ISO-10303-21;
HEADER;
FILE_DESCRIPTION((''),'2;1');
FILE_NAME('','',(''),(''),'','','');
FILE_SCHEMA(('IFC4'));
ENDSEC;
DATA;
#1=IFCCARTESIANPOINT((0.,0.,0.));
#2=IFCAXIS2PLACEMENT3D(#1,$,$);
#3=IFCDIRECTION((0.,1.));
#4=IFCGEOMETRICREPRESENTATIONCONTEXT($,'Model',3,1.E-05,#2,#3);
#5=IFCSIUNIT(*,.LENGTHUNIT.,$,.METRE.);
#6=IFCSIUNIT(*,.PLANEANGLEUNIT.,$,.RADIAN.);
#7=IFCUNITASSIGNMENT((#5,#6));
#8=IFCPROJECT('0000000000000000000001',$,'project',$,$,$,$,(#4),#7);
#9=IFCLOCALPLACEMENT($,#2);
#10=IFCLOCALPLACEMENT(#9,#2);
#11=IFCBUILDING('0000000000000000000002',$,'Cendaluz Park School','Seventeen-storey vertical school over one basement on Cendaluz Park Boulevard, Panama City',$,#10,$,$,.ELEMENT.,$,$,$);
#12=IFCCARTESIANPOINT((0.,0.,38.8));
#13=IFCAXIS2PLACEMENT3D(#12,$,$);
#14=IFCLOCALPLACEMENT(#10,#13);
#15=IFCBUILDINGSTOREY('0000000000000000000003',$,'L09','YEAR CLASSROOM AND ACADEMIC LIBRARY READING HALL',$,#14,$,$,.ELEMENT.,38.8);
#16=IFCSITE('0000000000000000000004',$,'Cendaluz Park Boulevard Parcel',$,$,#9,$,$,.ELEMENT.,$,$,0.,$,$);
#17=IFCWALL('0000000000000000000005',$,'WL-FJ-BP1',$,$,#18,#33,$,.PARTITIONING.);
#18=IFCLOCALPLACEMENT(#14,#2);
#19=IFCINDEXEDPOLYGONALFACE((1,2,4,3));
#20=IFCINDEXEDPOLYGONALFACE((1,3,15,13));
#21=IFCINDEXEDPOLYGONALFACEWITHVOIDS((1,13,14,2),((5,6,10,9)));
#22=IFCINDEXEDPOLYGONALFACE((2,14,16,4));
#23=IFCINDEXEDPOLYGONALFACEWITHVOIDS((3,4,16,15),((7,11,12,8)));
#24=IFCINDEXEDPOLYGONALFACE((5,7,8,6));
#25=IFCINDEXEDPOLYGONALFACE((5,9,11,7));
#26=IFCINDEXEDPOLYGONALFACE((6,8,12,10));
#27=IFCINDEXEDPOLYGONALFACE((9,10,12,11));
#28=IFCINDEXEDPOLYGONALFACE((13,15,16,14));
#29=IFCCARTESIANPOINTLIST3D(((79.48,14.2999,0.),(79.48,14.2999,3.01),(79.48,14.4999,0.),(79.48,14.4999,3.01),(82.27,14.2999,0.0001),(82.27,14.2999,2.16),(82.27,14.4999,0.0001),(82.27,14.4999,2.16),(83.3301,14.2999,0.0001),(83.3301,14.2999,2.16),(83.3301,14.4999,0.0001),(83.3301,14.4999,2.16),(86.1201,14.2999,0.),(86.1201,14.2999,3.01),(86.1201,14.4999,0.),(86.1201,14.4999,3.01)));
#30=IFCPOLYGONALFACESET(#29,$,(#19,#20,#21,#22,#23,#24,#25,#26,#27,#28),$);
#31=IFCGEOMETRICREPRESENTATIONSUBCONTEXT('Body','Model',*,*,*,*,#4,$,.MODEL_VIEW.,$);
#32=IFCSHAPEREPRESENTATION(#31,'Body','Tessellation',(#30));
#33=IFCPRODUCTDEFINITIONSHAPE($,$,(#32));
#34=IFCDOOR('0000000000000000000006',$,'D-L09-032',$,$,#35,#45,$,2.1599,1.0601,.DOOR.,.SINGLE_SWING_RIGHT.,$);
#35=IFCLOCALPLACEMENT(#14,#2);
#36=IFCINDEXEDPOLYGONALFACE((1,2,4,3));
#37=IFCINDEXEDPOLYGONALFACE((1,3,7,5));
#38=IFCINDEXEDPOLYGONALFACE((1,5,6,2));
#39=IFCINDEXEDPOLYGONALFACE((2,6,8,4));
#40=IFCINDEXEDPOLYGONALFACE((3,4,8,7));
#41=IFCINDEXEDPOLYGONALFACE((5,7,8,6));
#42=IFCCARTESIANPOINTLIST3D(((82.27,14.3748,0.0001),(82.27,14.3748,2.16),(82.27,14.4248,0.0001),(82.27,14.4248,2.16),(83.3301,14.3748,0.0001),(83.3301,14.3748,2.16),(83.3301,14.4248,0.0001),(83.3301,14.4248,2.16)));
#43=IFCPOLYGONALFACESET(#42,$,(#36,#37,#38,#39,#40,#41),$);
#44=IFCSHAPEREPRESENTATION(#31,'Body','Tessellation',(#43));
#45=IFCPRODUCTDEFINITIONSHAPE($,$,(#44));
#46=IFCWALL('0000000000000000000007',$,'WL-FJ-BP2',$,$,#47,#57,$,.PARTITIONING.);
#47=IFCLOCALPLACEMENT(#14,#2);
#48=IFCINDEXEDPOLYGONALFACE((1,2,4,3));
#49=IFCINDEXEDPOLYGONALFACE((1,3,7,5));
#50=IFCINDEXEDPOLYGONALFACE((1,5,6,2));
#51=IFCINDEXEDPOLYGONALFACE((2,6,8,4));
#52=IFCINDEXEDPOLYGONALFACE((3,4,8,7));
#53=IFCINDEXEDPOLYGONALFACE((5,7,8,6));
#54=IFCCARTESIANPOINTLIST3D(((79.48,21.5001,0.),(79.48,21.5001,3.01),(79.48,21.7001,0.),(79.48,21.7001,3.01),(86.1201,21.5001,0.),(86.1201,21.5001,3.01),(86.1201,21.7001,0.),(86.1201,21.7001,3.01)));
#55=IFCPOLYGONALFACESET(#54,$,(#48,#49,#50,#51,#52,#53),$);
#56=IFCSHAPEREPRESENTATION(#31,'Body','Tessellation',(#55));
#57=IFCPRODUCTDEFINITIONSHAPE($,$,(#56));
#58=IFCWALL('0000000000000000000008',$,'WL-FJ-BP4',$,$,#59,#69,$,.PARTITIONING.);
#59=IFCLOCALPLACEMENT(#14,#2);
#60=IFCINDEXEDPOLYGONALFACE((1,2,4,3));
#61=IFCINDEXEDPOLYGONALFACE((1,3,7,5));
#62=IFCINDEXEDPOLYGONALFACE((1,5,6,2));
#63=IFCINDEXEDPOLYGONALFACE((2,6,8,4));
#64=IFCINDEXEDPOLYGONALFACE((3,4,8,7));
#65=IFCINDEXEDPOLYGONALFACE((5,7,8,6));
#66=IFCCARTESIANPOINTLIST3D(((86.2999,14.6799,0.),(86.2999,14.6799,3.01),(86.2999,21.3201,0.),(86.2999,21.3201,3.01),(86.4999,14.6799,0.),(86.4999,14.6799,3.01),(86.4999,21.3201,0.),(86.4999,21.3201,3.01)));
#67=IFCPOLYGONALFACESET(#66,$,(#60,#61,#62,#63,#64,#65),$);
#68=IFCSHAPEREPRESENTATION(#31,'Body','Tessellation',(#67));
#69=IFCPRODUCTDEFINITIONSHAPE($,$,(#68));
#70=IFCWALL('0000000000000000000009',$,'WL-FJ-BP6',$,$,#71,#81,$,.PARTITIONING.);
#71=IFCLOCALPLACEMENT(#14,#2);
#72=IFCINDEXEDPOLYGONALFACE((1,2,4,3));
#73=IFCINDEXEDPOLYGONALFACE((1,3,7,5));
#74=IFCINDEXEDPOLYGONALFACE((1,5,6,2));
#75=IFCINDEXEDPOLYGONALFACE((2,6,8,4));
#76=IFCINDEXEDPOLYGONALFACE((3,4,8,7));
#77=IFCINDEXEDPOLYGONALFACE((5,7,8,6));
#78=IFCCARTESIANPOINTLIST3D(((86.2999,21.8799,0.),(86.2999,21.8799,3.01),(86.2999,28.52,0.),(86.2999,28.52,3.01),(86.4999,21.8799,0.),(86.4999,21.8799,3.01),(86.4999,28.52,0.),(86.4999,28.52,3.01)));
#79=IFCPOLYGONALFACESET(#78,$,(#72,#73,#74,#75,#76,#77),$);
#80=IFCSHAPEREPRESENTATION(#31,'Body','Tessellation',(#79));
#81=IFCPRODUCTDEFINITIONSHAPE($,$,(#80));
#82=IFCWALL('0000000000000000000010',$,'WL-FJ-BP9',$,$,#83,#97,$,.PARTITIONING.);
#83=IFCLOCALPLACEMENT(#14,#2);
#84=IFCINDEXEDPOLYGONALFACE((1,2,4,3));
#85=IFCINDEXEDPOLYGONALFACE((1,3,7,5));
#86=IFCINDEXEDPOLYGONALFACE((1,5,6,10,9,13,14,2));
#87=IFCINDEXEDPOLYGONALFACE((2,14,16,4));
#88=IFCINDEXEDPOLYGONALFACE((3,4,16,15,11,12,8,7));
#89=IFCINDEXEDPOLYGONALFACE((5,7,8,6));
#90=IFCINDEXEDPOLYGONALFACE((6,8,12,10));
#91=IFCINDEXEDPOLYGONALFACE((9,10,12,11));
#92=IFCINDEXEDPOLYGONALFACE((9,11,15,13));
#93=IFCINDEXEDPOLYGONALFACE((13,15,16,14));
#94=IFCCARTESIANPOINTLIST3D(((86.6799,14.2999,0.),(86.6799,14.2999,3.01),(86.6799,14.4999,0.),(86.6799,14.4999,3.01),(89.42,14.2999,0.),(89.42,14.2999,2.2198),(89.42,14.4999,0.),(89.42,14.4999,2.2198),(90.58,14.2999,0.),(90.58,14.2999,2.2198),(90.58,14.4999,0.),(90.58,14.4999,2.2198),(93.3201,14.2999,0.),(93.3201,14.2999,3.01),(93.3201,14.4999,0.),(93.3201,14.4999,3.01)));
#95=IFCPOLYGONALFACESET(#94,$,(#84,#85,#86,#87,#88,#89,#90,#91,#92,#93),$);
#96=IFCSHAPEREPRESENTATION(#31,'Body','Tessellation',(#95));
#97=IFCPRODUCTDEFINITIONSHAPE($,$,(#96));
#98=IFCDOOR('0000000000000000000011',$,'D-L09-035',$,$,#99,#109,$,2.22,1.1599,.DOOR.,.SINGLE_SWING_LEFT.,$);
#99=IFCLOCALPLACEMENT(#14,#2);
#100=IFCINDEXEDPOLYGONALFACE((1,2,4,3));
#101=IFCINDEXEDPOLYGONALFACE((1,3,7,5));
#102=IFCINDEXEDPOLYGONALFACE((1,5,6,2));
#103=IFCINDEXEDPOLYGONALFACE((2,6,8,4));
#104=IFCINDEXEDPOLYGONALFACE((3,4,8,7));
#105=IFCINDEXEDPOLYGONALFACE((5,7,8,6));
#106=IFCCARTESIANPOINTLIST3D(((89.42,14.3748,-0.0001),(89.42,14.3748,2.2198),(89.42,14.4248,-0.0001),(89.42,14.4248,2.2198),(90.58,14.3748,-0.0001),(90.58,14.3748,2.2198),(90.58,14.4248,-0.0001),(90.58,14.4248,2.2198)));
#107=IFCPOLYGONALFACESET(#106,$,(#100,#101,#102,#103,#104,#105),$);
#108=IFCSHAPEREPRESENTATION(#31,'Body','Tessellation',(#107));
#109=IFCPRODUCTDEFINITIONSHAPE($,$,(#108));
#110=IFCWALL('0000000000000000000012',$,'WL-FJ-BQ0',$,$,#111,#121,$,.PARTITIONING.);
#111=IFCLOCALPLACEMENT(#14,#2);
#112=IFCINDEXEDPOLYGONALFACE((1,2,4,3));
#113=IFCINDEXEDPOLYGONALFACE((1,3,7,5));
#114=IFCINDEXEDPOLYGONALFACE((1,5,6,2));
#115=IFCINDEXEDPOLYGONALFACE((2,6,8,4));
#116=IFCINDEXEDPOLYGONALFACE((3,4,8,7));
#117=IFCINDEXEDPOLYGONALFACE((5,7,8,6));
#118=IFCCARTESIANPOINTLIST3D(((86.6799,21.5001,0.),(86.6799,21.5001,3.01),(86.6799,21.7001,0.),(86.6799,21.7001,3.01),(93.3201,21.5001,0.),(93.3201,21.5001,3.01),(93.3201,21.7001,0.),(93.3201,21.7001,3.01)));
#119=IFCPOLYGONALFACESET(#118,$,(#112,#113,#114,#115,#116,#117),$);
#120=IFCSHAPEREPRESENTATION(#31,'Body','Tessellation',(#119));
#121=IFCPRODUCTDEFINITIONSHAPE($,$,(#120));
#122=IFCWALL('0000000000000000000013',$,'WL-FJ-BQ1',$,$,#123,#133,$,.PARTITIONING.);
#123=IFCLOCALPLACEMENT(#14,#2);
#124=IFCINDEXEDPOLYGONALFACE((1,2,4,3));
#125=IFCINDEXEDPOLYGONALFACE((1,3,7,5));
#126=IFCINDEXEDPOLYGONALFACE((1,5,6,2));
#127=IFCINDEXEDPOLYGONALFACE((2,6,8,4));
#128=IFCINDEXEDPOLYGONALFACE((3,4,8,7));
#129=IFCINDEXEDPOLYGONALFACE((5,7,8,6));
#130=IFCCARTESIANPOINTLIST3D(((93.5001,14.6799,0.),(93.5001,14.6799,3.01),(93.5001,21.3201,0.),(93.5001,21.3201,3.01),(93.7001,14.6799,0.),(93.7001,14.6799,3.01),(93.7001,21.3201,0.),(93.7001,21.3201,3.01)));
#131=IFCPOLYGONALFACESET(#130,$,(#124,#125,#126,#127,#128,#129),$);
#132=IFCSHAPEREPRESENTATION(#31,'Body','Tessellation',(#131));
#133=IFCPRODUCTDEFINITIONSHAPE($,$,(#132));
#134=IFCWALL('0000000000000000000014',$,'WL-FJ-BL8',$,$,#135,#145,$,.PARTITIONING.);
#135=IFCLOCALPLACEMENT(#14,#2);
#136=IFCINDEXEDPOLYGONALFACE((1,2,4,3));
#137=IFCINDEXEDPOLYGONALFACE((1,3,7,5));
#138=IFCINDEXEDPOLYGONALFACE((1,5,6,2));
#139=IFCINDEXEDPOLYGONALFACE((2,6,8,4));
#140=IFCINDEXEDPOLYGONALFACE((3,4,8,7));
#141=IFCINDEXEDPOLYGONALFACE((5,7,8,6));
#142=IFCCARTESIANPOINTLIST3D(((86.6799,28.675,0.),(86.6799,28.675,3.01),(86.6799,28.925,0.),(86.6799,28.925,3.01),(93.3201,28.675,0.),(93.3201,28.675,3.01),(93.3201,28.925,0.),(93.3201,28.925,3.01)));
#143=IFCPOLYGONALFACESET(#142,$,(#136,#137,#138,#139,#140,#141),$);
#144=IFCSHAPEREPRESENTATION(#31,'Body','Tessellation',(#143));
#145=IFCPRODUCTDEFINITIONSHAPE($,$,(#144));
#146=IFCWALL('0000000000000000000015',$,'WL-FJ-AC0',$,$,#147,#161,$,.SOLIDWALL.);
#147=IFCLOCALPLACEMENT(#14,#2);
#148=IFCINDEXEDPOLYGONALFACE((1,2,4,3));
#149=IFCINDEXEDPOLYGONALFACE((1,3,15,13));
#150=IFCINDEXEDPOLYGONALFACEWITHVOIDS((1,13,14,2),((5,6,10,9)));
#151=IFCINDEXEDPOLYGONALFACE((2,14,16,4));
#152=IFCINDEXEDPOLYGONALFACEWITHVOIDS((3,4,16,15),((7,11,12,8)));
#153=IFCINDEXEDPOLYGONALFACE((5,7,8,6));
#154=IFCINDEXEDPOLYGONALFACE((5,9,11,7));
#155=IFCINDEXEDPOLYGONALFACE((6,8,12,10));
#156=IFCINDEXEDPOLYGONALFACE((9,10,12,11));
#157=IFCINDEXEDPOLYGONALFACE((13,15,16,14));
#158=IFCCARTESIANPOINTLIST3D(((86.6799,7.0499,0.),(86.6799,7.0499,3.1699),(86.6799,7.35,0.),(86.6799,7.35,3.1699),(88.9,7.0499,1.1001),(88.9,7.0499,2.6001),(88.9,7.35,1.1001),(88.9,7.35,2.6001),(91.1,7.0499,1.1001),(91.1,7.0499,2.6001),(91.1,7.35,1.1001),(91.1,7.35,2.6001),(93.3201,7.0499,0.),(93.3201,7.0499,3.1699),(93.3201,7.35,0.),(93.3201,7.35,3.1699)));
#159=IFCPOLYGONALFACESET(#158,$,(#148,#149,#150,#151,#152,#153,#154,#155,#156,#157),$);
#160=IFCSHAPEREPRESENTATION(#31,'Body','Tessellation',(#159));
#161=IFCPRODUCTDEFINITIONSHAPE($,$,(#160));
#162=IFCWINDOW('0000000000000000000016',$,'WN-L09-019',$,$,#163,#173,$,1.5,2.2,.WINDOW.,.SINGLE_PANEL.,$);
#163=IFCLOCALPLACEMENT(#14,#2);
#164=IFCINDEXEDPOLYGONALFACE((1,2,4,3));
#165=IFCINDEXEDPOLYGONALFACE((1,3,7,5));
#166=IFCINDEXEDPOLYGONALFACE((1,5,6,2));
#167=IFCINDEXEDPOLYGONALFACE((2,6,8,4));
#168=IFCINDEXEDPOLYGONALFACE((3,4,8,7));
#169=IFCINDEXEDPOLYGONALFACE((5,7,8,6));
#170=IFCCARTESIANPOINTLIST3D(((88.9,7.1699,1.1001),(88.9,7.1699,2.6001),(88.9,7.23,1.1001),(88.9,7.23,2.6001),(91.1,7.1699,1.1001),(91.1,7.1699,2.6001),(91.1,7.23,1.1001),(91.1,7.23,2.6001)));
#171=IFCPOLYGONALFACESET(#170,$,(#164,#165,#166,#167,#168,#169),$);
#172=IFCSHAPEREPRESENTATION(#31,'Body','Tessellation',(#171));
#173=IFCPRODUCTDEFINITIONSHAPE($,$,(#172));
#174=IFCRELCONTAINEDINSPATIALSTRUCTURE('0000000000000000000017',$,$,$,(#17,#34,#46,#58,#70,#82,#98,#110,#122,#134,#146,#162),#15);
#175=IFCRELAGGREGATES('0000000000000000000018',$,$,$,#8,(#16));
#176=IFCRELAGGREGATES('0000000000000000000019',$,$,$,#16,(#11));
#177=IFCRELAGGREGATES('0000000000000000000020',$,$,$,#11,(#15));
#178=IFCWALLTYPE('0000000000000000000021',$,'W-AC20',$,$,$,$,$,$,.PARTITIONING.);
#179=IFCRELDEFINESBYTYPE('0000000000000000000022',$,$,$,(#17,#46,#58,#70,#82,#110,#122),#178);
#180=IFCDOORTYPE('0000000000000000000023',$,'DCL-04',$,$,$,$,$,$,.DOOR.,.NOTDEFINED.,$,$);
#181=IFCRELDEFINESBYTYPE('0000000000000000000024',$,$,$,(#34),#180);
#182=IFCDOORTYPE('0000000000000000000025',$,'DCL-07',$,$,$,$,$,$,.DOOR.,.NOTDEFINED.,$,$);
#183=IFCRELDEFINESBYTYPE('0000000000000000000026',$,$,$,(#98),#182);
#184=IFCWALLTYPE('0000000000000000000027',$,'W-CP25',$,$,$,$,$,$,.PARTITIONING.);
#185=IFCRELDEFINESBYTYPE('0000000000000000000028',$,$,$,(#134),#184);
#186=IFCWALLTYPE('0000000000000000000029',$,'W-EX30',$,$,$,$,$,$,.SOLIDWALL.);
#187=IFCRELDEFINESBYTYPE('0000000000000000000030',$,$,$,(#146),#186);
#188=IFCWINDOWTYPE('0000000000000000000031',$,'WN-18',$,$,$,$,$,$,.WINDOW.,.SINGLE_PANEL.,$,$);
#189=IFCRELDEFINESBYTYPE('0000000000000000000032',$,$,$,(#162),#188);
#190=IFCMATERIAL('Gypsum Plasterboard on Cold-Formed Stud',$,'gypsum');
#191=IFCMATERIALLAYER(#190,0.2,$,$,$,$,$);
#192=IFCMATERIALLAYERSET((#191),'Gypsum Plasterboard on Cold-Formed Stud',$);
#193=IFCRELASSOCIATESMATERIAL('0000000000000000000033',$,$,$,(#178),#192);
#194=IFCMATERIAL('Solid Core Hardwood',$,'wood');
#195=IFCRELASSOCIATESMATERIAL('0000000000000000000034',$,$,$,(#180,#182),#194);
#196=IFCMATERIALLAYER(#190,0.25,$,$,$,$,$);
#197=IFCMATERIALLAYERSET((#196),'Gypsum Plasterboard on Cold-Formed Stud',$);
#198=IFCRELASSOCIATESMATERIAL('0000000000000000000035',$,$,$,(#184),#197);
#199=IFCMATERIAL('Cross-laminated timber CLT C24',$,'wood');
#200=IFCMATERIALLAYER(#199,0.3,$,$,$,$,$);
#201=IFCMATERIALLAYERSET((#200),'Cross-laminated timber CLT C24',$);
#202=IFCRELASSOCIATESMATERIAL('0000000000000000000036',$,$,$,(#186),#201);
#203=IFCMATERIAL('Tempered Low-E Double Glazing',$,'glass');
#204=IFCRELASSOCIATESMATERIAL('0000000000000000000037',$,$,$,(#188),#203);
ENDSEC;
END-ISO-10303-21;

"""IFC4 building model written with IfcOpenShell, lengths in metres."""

from ifc_helpers import new_model, si_unit, direction, frame, frame_2d, origin, place, context, subcontext, project, spatial, rectangle, extrude, material, layer, layer_set, type_object, element, fill, save


model = new_model("IFC4")

# Units and contexts
model_context = context("Model", 3, precision=1e-05, world=origin(), true_north=direction((0.0, 1.0)))
body_context = subcontext(model_context, "Body", "Model", "MODEL_VIEW")
ifc_project = project(units=[si_unit("LENGTHUNIT", "METRE"), si_unit("PLANEANGLEUNIT", "RADIAN")], contexts=[model_context])

# Site, building, storey
site_placement = place(None, origin())
site = spatial("IfcSite", under=ifc_project, at=site_placement, Name="Cendaluz Park Boulevard Parcel", CompositionType="ELEMENT", RefElevation=0.0)
building_placement = place(site_placement, origin())
building = spatial("IfcBuilding", under=site, at=building_placement, Name="Cendaluz Park School", Description="Seventeen-storey vertical school over one basement on Cendaluz Park Boulevard, Panama City", CompositionType="ELEMENT")
storey_placement = place(building_placement, frame((0.0, 0.0, 38.8)))
storey = spatial("IfcBuildingStorey", under=building, at=storey_placement, Name="L09", Description="YEAR CLASSROOM AND ACADEMIC LIBRARY READING HALL", CompositionType="ELEMENT", Elevation=38.8)

# Wall, opening, door
ifc_material_1 = material(Name="Gypsum Plasterboard on Cold-Formed Stud", Category="gypsum")
ifc_layer_1 = layer(ifc_material_1, 0.2)
ifc_layer_set_1 = layer_set([ifc_layer_1], Name="Gypsum Plasterboard on Cold-Formed Stud")
wall_type_1 = type_object("IfcWallType", Name="W-AC20", PredefinedType="PARTITIONING", material=ifc_layer_set_1)
wall_1_placement = place(storey_placement, frame((79.48, 14.3999, 0.0), z_axis=(0.0, 0.0, 1.0), x_axis=(1.0, 0.0, 0.0)))
wall_1 = element("IfcWall", 1, at=wall_1_placement, inside=storey, type_object=wall_type_1, Name="WL-FJ-BP1", PredefinedType="PARTITIONING", context=body_context, shape_type="SweptSolid", body=[
    extrude(rectangle(XDim=6.6401, YDim=0.2, at=frame_2d((3.3201, 0.0))), origin(), (0.0, 0.0, 1.0), 3.01),
])
opening_1_placement = place(wall_1_placement, frame((2.79, 0.0, 0.0)))
opening_1 = element("IfcOpeningElement", 2, at=opening_1_placement, cuts=wall_1, PredefinedType="OPENING", context=body_context, shape_type="SweptSolid", body=[
    extrude(rectangle(XDim=1.0601, YDim=2.1599, at=frame_2d((0.53, 1.0801))), frame((0.0, 0.1121, 0.0), z_axis=(0.0, -1.0, 0.0), x_axis=(1.0, 0.0, 0.0)), (0.0, 0.0, 1.0), 0.2239),
])
ifc_material_2 = material(Name="Solid Core Hardwood", Category="wood")
door_type_1 = type_object("IfcDoorType", Name="DCL-04", OperationType="NOTDEFINED", PredefinedType="DOOR", material=ifc_material_2)
door_1_placement = place(opening_1_placement, origin())
door_1 = element("IfcDoor", 3, at=door_1_placement, inside=storey, type_object=door_type_1, Name="D-L09-032", OperationType="SINGLE_SWING_RIGHT", OverallHeight=2.1599, OverallWidth=1.0601, PredefinedType="DOOR", context=body_context, shape_type="SweptSolid", body=[
    extrude(rectangle(XDim=1.0601, YDim=2.1599, at=frame_2d((0.53, 1.0801))), frame((0.0, 0.0249, 0.0), z_axis=(0.0, -1.0, 0.0), x_axis=(1.0, 0.0, 0.0)), (0.0, 0.0, 1.0), 0.05),
])
fill(opening_1, door_1)

# Walls
for number, where, z_axis, x_axis, name in (
    (4, (79.48, 21.6001, 0.0), (0.0, 0.0, 1.0), (1.0, 0.0, 0.0), "WL-FJ-BP2"),
    (5, (86.3999, 14.6799, 0.0), (0.0, 0.0, 1.0), (0.0, 1.0, 0.0), "WL-FJ-BP4"),
    (6, (86.3999, 21.8799, 0.0), (0.0, 0.0, 1.0), (0.0, 1.0, 0.0), "WL-FJ-BP6"),
):
    element("IfcWall", number, at=place(storey_placement, frame(where, z_axis=z_axis, x_axis=x_axis)), inside=storey, type_object=wall_type_1, Name=name, PredefinedType="PARTITIONING", context=body_context, shape_type="SweptSolid", body=[
        extrude(rectangle(XDim=6.6401, YDim=0.2, at=frame_2d((3.3201, 0.0))), origin(), (0.0, 0.0, 1.0), 3.01),
    ])

# Wall, opening, door
wall_2_placement = place(storey_placement, frame((86.6799, 14.3999, 0.0), z_axis=(0.0, 0.0, 1.0), x_axis=(1.0, 0.0, 0.0)))
wall_2 = element("IfcWall", 7, at=wall_2_placement, inside=storey, type_object=wall_type_1, Name="WL-FJ-BP9", PredefinedType="PARTITIONING", context=body_context, shape_type="SweptSolid", body=[
    extrude(rectangle(XDim=6.6401, YDim=0.2, at=frame_2d((3.3201, 0.0))), origin(), (0.0, 0.0, 1.0), 3.01),
])
opening_2_placement = place(wall_2_placement, frame((2.74, 0.0, 0.0)))
opening_2 = element("IfcOpeningElement", 8, at=opening_2_placement, cuts=wall_2, PredefinedType="OPENING", context=body_context, shape_type="SweptSolid", body=[
    extrude(rectangle(XDim=1.1599, YDim=2.22, at=frame_2d((0.5801, 1.1099))), frame((0.0, 0.1121, 0.0), z_axis=(0.0, -1.0, 0.0), x_axis=(1.0, 0.0, 0.0)), (0.0, 0.0, 1.0), 0.2239),
])
door_type_2 = type_object("IfcDoorType", Name="DCL-07", OperationType="NOTDEFINED", PredefinedType="DOOR", material=ifc_material_2)
door_2_placement = place(opening_2_placement, origin())
door_2 = element("IfcDoor", 9, at=door_2_placement, inside=storey, type_object=door_type_2, Name="D-L09-035", OperationType="SINGLE_SWING_LEFT", OverallHeight=2.22, OverallWidth=1.1599, PredefinedType="DOOR", context=body_context, shape_type="SweptSolid", body=[
    extrude(rectangle(XDim=1.1599, YDim=2.22, at=frame_2d((0.5801, 1.1099))), frame((0.0, 0.0249, 0.0), z_axis=(0.0, -1.0, 0.0), x_axis=(1.0, 0.0, 0.0)), (0.0, 0.0, 1.0), 0.05),
])
fill(opening_2, door_2)

# Walls
for number, where, z_axis, x_axis, name in (
    (10, (86.6799, 21.6001, 0.0), (0.0, 0.0, 1.0), (1.0, 0.0, 0.0), "WL-FJ-BQ0"),
    (11, (93.6001, 14.6799, 0.0), (0.0, 0.0, 1.0), (0.0, 1.0, 0.0), "WL-FJ-BQ1"),
):
    element("IfcWall", number, at=place(storey_placement, frame(where, z_axis=z_axis, x_axis=x_axis)), inside=storey, type_object=wall_type_1, Name=name, PredefinedType="PARTITIONING", context=body_context, shape_type="SweptSolid", body=[
        extrude(rectangle(XDim=6.6401, YDim=0.2, at=frame_2d((3.3201, 0.0))), origin(), (0.0, 0.0, 1.0), 3.01),
    ])
ifc_layer_2 = layer(ifc_material_1, 0.25)
ifc_layer_set_2 = layer_set([ifc_layer_2], Name="Gypsum Plasterboard on Cold-Formed Stud")
wall_type_2 = type_object("IfcWallType", Name="W-CP25", PredefinedType="PARTITIONING", material=ifc_layer_set_2)
wall_3_placement = place(storey_placement, frame((86.6799, 28.8, 0.0), z_axis=(0.0, 0.0, 1.0), x_axis=(1.0, 0.0, 0.0)))
element("IfcWall", 12, at=wall_3_placement, inside=storey, type_object=wall_type_2, Name="WL-FJ-BL8", PredefinedType="PARTITIONING", context=body_context, shape_type="SweptSolid", body=[
    extrude(rectangle(XDim=6.6401, YDim=0.25, at=frame_2d((3.3201, 0.0))), origin(), (0.0, 0.0, 1.0), 3.01),
])

# Wall, opening, window
ifc_material_3 = material(Name="Cross-laminated timber CLT C24", Category="wood")
ifc_layer_3 = layer(ifc_material_3, 0.3)
ifc_layer_set_3 = layer_set([ifc_layer_3], Name="Cross-laminated timber CLT C24")
wall_type_3 = type_object("IfcWallType", Name="W-EX30", PredefinedType="SOLIDWALL", material=ifc_layer_set_3)
wall_4_placement = place(storey_placement, frame((86.6799, 7.2, 0.0), z_axis=(0.0, 0.0, 1.0), x_axis=(1.0, 0.0, 0.0)))
wall_4 = element("IfcWall", 13, at=wall_4_placement, inside=storey, type_object=wall_type_3, Name="WL-FJ-AC0", PredefinedType="SOLIDWALL", context=body_context, shape_type="SweptSolid", body=[
    extrude(rectangle(XDim=6.6401, YDim=0.3, at=frame_2d((3.3201, 0.0))), origin(), (0.0, 0.0, 1.0), 3.1699),
])
opening_3_placement = place(wall_4_placement, frame((2.22, 0.0, 1.1001)))
opening_3 = element("IfcOpeningElement", 14, at=opening_3_placement, cuts=wall_4, PredefinedType="OPENING", context=body_context, shape_type="SweptSolid", body=[
    extrude(rectangle(XDim=2.2, YDim=1.5, at=frame_2d((1.1001, 0.75))), frame((0.0, 0.1621, 0.0), z_axis=(0.0, -1.0, 0.0), x_axis=(1.0, 0.0, 0.0)), (0.0, 0.0, 1.0), 0.324),
])
ifc_material_4 = material(Name="Tempered Low-E Double Glazing", Category="glass")
window_type = type_object("IfcWindowType", Name="WN-18", PartitioningType="SINGLE_PANEL", PredefinedType="WINDOW", material=ifc_material_4)
window_placement = place(opening_3_placement, origin())
window = element("IfcWindow", 15, at=window_placement, inside=storey, type_object=window_type, Name="WN-L09-019", OverallHeight=1.5, OverallWidth=2.2, PartitioningType="SINGLE_PANEL", PredefinedType="WINDOW", context=body_context, shape_type="SweptSolid", body=[
    extrude(rectangle(XDim=2.2, YDim=1.5, at=frame_2d((1.1001, 0.75))), frame((0.0, 0.03, 0.0), z_axis=(0.0, -1.0, 0.0), x_axis=(1.0, 0.0, 0.0)), (0.0, 0.0, 1.0), 0.0601),
])
fill(opening_3, window)

save(model, "model.ifc")
